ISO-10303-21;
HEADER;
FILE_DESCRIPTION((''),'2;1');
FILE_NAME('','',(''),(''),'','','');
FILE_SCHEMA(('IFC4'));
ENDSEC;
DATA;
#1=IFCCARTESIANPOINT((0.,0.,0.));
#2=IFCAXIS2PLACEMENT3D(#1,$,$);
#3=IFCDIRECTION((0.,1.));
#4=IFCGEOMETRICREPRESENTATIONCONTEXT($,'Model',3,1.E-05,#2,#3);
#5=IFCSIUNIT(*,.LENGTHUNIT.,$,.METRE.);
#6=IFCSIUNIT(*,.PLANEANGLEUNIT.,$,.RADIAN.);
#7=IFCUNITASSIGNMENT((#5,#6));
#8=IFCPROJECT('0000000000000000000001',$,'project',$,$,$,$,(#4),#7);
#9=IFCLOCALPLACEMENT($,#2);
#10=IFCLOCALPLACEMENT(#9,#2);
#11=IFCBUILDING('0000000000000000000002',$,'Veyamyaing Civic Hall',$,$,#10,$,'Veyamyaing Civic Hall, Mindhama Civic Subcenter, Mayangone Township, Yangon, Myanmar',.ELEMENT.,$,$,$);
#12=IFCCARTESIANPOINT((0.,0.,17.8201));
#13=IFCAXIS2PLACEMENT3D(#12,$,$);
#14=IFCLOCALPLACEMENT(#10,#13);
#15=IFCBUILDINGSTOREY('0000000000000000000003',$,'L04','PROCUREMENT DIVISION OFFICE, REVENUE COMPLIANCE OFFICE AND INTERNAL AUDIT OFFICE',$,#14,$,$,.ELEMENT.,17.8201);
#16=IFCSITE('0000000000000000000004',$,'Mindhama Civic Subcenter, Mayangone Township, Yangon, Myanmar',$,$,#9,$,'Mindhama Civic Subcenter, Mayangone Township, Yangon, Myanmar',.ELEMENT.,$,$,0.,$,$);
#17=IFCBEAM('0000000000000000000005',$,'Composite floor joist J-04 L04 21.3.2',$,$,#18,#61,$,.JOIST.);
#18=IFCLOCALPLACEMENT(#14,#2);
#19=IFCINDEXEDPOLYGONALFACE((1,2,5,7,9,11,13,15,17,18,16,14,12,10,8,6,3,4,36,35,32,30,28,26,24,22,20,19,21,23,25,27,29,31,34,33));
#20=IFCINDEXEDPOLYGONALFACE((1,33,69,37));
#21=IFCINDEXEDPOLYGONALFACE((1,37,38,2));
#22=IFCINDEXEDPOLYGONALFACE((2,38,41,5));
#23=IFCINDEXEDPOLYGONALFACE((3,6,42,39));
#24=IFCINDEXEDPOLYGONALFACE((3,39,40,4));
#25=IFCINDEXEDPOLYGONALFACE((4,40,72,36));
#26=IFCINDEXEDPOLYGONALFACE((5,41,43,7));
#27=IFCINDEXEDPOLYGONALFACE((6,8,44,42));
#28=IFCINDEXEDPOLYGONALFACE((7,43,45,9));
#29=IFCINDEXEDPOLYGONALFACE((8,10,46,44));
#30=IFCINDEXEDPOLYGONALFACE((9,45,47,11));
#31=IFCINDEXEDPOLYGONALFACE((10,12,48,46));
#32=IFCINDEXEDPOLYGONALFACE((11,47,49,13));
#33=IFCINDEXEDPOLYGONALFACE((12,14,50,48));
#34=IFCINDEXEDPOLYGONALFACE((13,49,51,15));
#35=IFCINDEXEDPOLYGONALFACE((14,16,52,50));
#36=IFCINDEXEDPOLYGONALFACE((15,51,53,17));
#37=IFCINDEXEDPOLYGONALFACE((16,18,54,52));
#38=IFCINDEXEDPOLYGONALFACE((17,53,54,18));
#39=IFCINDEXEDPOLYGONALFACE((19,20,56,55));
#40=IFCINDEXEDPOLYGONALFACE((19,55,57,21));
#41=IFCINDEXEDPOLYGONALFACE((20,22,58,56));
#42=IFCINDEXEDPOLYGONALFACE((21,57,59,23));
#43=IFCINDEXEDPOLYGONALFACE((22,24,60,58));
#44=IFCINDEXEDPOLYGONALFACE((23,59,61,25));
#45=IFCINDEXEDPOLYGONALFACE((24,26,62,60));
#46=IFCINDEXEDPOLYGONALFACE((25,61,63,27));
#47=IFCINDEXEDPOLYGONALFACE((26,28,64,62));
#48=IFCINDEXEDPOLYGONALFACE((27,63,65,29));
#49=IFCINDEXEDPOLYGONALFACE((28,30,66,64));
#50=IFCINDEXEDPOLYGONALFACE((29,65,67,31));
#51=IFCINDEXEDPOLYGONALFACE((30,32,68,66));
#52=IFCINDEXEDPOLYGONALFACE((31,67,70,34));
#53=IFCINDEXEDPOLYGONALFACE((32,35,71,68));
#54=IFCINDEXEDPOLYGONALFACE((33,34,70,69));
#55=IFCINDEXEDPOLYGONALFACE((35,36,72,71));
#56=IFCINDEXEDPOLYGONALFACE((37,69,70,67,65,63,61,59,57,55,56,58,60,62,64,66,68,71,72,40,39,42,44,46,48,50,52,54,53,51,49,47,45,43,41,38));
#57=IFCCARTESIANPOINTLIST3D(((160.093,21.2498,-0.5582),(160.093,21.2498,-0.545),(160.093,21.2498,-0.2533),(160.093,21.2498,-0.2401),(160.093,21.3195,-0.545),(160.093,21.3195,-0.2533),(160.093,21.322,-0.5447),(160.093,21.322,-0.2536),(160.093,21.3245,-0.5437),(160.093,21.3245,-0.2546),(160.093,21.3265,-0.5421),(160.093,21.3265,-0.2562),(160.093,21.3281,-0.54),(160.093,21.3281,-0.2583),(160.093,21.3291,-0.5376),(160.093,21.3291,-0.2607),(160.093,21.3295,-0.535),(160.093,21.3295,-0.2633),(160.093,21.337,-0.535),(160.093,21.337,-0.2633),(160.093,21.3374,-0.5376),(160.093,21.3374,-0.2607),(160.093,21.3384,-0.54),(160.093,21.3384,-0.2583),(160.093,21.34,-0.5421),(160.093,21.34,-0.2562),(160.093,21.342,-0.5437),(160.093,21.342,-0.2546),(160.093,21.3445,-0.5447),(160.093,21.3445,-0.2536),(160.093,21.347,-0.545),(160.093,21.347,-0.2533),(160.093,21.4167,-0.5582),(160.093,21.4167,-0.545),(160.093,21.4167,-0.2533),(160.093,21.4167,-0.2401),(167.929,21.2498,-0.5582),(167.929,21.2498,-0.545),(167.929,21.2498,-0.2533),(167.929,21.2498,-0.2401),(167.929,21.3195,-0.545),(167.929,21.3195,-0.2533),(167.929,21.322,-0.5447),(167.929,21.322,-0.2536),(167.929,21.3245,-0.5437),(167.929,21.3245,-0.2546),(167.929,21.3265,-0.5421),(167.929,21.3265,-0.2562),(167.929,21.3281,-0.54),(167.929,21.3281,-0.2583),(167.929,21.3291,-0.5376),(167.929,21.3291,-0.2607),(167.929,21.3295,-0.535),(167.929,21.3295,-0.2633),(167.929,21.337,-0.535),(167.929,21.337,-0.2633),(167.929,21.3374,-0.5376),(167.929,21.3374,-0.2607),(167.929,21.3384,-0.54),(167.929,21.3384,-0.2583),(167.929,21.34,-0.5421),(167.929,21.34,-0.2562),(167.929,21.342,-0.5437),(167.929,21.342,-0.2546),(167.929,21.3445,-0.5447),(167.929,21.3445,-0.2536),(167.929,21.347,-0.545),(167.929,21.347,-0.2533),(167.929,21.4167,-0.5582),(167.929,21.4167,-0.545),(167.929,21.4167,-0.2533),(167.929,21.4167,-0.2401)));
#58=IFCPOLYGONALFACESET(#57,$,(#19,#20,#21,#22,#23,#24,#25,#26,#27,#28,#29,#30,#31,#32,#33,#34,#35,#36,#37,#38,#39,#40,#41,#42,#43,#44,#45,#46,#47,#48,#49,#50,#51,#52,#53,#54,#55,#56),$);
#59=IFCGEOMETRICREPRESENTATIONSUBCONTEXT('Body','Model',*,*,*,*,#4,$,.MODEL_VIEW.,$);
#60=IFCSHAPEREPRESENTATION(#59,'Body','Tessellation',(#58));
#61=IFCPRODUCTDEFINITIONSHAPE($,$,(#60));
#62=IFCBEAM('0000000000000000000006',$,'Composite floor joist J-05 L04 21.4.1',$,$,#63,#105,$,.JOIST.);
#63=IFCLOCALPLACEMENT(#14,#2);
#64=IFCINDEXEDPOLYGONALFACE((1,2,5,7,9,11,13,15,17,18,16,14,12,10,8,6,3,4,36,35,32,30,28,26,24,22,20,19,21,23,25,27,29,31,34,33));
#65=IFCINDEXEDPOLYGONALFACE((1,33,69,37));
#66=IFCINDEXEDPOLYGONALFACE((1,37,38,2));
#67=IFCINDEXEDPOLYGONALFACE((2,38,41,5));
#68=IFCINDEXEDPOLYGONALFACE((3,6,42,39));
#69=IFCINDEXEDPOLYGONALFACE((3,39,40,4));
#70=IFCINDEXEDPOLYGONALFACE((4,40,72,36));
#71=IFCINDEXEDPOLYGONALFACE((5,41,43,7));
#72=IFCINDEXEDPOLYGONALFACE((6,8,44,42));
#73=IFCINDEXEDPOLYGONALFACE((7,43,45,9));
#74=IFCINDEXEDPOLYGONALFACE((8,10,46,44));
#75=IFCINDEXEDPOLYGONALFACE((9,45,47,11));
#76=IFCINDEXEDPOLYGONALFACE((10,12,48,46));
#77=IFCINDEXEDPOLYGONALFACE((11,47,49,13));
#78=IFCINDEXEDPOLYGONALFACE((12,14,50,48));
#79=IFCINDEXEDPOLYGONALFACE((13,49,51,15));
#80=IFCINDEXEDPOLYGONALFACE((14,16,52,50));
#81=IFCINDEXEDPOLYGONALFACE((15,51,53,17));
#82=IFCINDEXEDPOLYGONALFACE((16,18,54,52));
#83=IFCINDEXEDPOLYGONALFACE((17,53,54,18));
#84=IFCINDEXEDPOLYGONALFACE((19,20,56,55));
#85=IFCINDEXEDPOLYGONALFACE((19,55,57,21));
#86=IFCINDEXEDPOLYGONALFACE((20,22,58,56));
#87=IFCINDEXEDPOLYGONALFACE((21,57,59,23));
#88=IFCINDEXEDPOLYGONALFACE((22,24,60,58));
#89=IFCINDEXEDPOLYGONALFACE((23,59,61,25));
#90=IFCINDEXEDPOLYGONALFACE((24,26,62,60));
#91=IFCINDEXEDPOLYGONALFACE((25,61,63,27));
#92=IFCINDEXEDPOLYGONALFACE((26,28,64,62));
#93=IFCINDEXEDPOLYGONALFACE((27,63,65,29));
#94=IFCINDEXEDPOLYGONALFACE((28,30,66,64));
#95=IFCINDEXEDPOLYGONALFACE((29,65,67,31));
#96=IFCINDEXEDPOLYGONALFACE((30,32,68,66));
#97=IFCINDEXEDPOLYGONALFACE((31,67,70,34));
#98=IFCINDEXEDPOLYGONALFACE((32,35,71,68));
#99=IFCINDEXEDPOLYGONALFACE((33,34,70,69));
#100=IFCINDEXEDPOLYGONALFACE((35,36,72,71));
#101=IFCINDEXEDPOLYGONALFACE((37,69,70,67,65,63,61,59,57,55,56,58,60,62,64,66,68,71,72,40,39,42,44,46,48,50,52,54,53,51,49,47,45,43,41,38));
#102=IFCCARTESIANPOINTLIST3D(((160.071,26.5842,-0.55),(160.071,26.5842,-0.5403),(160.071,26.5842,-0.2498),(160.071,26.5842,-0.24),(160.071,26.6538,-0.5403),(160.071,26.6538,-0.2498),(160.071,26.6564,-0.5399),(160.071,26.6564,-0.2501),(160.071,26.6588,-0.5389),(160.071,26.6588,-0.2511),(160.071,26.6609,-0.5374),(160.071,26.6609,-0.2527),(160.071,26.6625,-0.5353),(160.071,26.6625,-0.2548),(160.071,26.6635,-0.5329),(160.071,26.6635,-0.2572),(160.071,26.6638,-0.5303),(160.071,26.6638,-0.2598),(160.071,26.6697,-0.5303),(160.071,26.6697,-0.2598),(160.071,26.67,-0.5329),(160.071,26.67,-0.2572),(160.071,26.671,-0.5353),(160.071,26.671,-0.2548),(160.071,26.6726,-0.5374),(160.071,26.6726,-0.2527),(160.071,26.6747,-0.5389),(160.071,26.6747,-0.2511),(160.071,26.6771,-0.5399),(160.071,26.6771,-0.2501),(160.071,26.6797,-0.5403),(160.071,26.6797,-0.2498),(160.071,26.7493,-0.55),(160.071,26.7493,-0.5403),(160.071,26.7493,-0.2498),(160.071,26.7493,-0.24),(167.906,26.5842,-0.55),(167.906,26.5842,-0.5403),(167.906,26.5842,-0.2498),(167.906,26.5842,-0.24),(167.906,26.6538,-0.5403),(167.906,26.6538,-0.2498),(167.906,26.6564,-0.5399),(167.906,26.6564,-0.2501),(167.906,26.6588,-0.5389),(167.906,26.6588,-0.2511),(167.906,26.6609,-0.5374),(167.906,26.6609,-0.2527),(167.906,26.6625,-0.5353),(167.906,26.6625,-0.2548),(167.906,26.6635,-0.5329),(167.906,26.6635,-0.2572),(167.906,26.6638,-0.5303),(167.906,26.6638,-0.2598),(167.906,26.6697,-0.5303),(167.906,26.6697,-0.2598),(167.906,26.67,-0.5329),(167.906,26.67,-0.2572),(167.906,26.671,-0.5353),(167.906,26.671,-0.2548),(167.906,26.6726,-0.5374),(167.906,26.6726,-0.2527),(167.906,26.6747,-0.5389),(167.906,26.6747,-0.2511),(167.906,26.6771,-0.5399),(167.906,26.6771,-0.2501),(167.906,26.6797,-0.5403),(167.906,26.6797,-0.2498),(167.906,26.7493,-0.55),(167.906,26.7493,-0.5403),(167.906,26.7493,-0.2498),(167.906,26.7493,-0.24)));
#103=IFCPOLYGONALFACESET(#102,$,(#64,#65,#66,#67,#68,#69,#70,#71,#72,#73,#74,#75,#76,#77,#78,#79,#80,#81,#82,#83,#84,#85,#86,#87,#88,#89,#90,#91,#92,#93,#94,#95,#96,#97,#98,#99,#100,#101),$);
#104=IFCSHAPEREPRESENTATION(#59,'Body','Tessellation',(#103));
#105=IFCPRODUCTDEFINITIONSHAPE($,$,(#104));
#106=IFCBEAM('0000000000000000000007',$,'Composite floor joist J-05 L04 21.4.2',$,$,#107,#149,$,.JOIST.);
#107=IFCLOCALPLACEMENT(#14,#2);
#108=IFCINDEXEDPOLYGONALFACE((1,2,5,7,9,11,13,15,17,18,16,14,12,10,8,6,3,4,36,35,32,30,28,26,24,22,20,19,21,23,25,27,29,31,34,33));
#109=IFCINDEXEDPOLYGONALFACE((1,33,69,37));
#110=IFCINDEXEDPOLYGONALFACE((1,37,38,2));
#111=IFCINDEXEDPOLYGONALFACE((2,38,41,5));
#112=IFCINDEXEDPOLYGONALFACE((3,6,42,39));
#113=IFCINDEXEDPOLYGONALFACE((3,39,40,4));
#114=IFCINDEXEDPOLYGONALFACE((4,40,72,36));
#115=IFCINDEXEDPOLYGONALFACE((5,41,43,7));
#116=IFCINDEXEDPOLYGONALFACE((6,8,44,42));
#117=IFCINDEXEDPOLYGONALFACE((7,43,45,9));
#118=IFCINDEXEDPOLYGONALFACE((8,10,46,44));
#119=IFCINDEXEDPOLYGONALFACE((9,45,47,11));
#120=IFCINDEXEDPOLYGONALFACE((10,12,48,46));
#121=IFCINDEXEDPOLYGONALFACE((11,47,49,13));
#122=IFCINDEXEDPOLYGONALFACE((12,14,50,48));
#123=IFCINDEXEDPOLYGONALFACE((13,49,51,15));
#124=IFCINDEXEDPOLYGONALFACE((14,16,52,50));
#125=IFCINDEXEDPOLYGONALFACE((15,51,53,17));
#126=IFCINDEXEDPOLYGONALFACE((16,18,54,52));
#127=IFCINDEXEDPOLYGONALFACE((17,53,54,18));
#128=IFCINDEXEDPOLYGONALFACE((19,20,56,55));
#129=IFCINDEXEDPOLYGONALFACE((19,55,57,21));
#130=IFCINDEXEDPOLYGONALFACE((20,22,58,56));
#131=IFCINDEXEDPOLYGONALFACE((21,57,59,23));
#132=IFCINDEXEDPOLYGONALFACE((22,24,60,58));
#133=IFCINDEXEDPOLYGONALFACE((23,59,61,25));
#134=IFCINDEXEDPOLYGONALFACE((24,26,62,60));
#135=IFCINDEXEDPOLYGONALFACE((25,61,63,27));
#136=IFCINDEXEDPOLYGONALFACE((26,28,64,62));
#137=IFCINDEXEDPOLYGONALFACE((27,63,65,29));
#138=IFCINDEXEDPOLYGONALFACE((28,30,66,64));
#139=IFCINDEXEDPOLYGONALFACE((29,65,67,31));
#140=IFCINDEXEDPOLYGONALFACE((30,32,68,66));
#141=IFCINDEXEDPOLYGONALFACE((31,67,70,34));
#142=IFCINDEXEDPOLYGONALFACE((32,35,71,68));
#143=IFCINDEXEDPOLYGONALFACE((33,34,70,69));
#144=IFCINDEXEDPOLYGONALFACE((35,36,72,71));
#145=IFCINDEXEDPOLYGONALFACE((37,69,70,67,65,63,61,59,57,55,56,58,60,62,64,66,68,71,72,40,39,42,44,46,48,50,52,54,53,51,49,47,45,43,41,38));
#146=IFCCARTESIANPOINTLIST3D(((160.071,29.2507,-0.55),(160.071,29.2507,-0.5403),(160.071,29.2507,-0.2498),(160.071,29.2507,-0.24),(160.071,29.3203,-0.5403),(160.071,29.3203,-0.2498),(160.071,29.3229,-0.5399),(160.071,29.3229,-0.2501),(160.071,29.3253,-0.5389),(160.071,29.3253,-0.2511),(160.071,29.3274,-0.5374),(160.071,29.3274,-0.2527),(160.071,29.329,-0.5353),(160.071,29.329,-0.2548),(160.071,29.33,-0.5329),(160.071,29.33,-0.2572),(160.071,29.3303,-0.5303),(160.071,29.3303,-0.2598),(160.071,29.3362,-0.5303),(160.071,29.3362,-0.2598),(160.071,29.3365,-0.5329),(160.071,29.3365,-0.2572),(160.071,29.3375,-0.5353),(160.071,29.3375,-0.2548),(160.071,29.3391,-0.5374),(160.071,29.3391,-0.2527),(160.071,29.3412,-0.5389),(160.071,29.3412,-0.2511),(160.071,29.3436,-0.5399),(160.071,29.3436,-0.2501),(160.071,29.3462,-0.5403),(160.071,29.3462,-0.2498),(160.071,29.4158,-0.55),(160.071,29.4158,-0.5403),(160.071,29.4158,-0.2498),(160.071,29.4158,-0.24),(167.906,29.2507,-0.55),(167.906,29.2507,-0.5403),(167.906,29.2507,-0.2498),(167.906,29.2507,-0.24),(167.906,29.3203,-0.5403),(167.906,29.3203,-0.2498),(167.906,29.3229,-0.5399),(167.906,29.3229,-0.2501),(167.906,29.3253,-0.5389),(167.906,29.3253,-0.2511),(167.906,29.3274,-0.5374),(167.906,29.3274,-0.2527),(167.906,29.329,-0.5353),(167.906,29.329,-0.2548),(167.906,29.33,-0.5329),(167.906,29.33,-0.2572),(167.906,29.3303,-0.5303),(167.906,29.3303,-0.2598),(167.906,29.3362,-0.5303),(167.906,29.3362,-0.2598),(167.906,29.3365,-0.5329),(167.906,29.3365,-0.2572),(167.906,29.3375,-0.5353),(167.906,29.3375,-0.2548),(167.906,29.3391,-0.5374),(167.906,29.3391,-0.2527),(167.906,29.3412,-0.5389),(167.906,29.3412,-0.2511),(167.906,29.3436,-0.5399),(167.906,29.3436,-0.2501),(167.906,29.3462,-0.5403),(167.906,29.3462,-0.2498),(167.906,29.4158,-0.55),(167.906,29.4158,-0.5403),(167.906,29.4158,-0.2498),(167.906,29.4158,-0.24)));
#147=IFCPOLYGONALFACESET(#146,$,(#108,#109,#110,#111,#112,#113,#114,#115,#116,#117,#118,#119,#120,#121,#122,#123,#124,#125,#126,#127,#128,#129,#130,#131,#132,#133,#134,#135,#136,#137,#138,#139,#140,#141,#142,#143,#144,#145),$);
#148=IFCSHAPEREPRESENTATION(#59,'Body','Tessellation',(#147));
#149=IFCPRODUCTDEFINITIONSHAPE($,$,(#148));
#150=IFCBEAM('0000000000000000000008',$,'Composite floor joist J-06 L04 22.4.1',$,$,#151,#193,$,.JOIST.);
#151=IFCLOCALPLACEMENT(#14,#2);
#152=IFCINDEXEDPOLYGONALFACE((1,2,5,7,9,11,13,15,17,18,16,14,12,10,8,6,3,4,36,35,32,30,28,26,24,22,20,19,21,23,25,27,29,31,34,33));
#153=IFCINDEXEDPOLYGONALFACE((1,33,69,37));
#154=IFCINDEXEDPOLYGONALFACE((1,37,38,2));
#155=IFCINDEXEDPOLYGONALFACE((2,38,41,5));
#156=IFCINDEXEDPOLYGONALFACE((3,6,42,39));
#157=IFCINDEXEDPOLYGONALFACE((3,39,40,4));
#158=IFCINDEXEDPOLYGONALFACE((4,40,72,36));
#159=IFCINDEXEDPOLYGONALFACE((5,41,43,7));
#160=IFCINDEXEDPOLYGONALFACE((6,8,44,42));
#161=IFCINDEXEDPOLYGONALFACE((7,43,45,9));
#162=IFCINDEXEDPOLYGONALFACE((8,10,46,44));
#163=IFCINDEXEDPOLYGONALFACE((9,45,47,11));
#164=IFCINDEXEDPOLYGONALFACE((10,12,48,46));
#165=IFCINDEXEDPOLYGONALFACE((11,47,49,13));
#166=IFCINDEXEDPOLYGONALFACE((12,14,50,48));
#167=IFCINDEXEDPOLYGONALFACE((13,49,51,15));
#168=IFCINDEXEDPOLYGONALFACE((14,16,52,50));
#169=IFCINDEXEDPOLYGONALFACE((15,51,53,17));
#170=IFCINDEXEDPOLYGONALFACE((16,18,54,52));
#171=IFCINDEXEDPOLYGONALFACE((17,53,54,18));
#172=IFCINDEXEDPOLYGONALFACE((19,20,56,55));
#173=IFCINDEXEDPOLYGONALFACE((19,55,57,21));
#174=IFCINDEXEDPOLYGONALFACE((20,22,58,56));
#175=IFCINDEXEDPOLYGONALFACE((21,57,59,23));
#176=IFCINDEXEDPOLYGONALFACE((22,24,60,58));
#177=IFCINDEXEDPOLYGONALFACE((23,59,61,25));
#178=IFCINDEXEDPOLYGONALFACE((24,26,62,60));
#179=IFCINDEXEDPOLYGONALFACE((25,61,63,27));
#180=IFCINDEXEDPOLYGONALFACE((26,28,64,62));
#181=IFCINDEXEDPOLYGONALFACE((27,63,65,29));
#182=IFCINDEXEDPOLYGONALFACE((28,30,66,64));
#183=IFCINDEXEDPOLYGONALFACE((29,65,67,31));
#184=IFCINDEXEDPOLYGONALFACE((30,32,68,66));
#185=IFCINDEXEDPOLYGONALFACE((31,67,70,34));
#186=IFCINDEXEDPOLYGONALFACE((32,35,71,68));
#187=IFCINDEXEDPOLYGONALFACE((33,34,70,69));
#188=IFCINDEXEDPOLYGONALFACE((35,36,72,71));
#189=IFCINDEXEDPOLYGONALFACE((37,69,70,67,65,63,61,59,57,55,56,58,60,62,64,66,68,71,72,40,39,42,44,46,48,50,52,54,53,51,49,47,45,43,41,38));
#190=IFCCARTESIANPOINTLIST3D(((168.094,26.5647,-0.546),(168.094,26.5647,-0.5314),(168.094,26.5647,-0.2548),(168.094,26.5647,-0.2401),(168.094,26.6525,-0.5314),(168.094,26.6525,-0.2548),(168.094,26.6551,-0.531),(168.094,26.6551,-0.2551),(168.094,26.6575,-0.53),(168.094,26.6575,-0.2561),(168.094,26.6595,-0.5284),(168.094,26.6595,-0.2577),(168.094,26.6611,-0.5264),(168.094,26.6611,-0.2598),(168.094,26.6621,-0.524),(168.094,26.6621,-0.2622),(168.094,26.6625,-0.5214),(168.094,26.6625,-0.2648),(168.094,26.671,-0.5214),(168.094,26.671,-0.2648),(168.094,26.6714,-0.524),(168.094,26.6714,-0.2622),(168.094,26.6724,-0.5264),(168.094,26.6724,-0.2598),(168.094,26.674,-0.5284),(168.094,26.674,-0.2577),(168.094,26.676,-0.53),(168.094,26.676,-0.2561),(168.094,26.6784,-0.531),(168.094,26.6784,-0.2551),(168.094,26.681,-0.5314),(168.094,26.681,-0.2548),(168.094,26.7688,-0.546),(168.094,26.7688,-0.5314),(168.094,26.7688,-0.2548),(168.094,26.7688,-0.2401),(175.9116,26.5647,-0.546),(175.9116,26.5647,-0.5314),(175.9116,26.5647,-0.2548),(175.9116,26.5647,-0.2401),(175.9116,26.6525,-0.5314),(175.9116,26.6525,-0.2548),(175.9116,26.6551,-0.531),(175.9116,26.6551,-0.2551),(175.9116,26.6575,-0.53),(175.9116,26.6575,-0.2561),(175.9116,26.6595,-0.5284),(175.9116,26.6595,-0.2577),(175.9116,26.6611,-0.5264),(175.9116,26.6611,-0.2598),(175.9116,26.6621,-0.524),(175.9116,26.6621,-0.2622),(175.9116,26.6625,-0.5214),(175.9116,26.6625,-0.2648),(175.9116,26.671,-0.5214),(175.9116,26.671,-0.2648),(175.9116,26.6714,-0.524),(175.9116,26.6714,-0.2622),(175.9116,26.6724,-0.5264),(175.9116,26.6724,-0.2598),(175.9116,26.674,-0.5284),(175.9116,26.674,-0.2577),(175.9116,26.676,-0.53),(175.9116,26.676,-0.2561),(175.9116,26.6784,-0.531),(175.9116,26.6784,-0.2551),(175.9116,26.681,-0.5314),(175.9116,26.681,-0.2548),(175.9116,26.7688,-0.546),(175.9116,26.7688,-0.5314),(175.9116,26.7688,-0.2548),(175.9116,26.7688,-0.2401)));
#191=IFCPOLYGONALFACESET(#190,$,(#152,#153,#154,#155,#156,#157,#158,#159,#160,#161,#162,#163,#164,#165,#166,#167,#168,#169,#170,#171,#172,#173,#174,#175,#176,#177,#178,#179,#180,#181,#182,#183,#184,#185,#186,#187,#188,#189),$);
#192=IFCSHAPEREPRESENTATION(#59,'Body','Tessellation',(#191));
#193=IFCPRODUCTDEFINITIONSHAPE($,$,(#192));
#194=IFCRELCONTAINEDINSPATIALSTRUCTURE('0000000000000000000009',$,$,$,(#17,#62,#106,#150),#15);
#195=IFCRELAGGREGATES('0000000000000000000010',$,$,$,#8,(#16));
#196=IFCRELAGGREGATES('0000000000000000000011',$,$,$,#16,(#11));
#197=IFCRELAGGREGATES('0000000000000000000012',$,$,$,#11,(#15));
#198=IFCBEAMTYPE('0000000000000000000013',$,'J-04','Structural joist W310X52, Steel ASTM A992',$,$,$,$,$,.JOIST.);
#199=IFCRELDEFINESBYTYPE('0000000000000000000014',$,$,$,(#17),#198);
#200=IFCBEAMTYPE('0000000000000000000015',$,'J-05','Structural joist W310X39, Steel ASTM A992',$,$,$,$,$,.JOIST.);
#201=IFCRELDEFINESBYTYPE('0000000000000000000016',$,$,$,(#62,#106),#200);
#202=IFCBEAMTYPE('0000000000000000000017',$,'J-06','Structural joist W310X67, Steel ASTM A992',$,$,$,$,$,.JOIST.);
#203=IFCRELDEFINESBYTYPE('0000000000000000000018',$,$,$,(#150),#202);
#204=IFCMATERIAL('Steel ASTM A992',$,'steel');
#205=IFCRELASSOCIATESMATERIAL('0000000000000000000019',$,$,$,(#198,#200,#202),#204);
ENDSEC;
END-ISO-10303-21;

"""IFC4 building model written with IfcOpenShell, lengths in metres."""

from ifc_helpers import new_model, si_unit, direction, frame, origin, origin_2d, place, context, subcontext, project, spatial, i_section, extrude, material, material_profile, profile_set, type_object, element, save


model = new_model("IFC4")

# Units and contexts
model_context = context("Model", 3, precision=1e-05, world=origin(), true_north=direction((0.0, 1.0)))
body_context = subcontext(model_context, "Body", "Model", "MODEL_VIEW")
ifc_project = project(units=[si_unit("LENGTHUNIT", "METRE"), si_unit("PLANEANGLEUNIT", "RADIAN")], contexts=[model_context])

# Site, building, storey
site_placement = place(None, origin())
site = spatial("IfcSite", under=ifc_project, at=site_placement, Name="Mindhama Civic Subcenter, Mayangone Township, Yangon, Myanmar", LongName="Mindhama Civic Subcenter, Mayangone Township, Yangon, Myanmar", CompositionType="ELEMENT", RefElevation=0.0)
building_placement = place(site_placement, origin())
building = spatial("IfcBuilding", under=site, at=building_placement, Name="Veyamyaing Civic Hall", LongName="Veyamyaing Civic Hall, Mindhama Civic Subcenter, Mayangone Township, Yangon, Myanmar", CompositionType="ELEMENT")
storey_placement = place(building_placement, frame((0.0, 0.0, 17.8201)))
storey = spatial("IfcBuildingStorey", under=building, at=storey_placement, Name="L04", Description="PROCUREMENT DIVISION OFFICE, REVENUE COMPLIANCE OFFICE AND INTERNAL AUDIT OFFICE", CompositionType="ELEMENT", Elevation=17.8201)

# Beams
ifc_material_1 = material(Name="Steel ASTM A992", Category="steel")
ifc_material_profile_1 = material_profile(ifc_material_1, i_section(OverallWidth=0.167, OverallDepth=0.3181, WebThickness=0.0076, FlangeThickness=0.0132, FilletRadius=0.01, at=origin_2d()), Name="W310X52")
ifc_profile_set_1 = profile_set([ifc_material_profile_1], Name="Steel ASTM A992")
beam_type_1 = type_object("IfcBeamType", Name="J-04", Description="Structural joist W310X52, Steel ASTM A992", PredefinedType="JOIST", material=ifc_profile_set_1)
for number, where, z_axis, x_axis, name in (
    (1, (160.093, 21.3333, -0.3992), (1.0, 0.0, 0.0), (0.0, 1.0, 0.0), "Composite floor joist J-04 L04 21.3.2"),
):
    element("IfcBeam", number, at=place(storey_placement, frame(where, z_axis=z_axis, x_axis=x_axis)), inside=storey, type_object=beam_type_1, Name=name, PredefinedType="JOIST", context=body_context, shape_type="SweptSolid", body=[
        extrude(i_section(OverallWidth=0.167, OverallDepth=0.3181, WebThickness=0.0076, FlangeThickness=0.0132, FilletRadius=0.01, at=origin_2d()), origin(), (0.0, 0.0, 1.0), 7.8359),
    ])
ifc_material_profile_2 = material_profile(ifc_material_1, i_section(OverallWidth=0.165, OverallDepth=0.3101, WebThickness=0.0059, FlangeThickness=0.0098, FilletRadius=0.01, at=origin_2d()), Name="W310X39")
ifc_profile_set_2 = profile_set([ifc_material_profile_2], Name="Steel ASTM A992")
beam_type_2 = type_object("IfcBeamType", Name="J-05", Description="Structural joist W310X39, Steel ASTM A992", PredefinedType="JOIST", material=ifc_profile_set_2)
for number, where, z_axis, x_axis, name in (
    (2, (160.071, 26.6667, -0.395), (1.0, 0.0, 0.0), (0.0, 1.0, 0.0), "Composite floor joist J-05 L04 21.4.1"),
    (3, (160.071, 29.3333, -0.395), (1.0, 0.0, 0.0), (0.0, 1.0, 0.0), "Composite floor joist J-05 L04 21.4.2"),
):
    element("IfcBeam", number, at=place(storey_placement, frame(where, z_axis=z_axis, x_axis=x_axis)), inside=storey, type_object=beam_type_2, Name=name, PredefinedType="JOIST", context=body_context, shape_type="SweptSolid", body=[
        extrude(i_section(OverallWidth=0.165, OverallDepth=0.3101, WebThickness=0.0059, FlangeThickness=0.0098, FilletRadius=0.01, at=origin_2d()), origin(), (0.0, 0.0, 1.0), 7.835),
    ])
ifc_material_profile_3 = material_profile(ifc_material_1, i_section(OverallWidth=0.2041, OverallDepth=0.3059, WebThickness=0.0085, FlangeThickness=0.0146, FilletRadius=0.01, at=origin_2d()), Name="W310X67")
ifc_profile_set_3 = profile_set([ifc_material_profile_3], Name="Steel ASTM A992")
beam_type_3 = type_object("IfcBeamType", Name="J-06", Description="Structural joist W310X67, Steel ASTM A992", PredefinedType="JOIST", material=ifc_profile_set_3)
for number, where, z_axis, x_axis, name in (
    (4, (168.094, 26.6667, -0.3931), (1.0, 0.0, 0.0), (0.0, 1.0, 0.0), "Composite floor joist J-06 L04 22.4.1"),
):
    element("IfcBeam", number, at=place(storey_placement, frame(where, z_axis=z_axis, x_axis=x_axis)), inside=storey, type_object=beam_type_3, Name=name, PredefinedType="JOIST", context=body_context, shape_type="SweptSolid", body=[
        extrude(i_section(OverallWidth=0.2041, OverallDepth=0.3059, WebThickness=0.0085, FlangeThickness=0.0146, FilletRadius=0.01, at=origin_2d()), origin(), (0.0, 0.0, 1.0), 7.8176),
    ])

save(model, "model.ifc")
